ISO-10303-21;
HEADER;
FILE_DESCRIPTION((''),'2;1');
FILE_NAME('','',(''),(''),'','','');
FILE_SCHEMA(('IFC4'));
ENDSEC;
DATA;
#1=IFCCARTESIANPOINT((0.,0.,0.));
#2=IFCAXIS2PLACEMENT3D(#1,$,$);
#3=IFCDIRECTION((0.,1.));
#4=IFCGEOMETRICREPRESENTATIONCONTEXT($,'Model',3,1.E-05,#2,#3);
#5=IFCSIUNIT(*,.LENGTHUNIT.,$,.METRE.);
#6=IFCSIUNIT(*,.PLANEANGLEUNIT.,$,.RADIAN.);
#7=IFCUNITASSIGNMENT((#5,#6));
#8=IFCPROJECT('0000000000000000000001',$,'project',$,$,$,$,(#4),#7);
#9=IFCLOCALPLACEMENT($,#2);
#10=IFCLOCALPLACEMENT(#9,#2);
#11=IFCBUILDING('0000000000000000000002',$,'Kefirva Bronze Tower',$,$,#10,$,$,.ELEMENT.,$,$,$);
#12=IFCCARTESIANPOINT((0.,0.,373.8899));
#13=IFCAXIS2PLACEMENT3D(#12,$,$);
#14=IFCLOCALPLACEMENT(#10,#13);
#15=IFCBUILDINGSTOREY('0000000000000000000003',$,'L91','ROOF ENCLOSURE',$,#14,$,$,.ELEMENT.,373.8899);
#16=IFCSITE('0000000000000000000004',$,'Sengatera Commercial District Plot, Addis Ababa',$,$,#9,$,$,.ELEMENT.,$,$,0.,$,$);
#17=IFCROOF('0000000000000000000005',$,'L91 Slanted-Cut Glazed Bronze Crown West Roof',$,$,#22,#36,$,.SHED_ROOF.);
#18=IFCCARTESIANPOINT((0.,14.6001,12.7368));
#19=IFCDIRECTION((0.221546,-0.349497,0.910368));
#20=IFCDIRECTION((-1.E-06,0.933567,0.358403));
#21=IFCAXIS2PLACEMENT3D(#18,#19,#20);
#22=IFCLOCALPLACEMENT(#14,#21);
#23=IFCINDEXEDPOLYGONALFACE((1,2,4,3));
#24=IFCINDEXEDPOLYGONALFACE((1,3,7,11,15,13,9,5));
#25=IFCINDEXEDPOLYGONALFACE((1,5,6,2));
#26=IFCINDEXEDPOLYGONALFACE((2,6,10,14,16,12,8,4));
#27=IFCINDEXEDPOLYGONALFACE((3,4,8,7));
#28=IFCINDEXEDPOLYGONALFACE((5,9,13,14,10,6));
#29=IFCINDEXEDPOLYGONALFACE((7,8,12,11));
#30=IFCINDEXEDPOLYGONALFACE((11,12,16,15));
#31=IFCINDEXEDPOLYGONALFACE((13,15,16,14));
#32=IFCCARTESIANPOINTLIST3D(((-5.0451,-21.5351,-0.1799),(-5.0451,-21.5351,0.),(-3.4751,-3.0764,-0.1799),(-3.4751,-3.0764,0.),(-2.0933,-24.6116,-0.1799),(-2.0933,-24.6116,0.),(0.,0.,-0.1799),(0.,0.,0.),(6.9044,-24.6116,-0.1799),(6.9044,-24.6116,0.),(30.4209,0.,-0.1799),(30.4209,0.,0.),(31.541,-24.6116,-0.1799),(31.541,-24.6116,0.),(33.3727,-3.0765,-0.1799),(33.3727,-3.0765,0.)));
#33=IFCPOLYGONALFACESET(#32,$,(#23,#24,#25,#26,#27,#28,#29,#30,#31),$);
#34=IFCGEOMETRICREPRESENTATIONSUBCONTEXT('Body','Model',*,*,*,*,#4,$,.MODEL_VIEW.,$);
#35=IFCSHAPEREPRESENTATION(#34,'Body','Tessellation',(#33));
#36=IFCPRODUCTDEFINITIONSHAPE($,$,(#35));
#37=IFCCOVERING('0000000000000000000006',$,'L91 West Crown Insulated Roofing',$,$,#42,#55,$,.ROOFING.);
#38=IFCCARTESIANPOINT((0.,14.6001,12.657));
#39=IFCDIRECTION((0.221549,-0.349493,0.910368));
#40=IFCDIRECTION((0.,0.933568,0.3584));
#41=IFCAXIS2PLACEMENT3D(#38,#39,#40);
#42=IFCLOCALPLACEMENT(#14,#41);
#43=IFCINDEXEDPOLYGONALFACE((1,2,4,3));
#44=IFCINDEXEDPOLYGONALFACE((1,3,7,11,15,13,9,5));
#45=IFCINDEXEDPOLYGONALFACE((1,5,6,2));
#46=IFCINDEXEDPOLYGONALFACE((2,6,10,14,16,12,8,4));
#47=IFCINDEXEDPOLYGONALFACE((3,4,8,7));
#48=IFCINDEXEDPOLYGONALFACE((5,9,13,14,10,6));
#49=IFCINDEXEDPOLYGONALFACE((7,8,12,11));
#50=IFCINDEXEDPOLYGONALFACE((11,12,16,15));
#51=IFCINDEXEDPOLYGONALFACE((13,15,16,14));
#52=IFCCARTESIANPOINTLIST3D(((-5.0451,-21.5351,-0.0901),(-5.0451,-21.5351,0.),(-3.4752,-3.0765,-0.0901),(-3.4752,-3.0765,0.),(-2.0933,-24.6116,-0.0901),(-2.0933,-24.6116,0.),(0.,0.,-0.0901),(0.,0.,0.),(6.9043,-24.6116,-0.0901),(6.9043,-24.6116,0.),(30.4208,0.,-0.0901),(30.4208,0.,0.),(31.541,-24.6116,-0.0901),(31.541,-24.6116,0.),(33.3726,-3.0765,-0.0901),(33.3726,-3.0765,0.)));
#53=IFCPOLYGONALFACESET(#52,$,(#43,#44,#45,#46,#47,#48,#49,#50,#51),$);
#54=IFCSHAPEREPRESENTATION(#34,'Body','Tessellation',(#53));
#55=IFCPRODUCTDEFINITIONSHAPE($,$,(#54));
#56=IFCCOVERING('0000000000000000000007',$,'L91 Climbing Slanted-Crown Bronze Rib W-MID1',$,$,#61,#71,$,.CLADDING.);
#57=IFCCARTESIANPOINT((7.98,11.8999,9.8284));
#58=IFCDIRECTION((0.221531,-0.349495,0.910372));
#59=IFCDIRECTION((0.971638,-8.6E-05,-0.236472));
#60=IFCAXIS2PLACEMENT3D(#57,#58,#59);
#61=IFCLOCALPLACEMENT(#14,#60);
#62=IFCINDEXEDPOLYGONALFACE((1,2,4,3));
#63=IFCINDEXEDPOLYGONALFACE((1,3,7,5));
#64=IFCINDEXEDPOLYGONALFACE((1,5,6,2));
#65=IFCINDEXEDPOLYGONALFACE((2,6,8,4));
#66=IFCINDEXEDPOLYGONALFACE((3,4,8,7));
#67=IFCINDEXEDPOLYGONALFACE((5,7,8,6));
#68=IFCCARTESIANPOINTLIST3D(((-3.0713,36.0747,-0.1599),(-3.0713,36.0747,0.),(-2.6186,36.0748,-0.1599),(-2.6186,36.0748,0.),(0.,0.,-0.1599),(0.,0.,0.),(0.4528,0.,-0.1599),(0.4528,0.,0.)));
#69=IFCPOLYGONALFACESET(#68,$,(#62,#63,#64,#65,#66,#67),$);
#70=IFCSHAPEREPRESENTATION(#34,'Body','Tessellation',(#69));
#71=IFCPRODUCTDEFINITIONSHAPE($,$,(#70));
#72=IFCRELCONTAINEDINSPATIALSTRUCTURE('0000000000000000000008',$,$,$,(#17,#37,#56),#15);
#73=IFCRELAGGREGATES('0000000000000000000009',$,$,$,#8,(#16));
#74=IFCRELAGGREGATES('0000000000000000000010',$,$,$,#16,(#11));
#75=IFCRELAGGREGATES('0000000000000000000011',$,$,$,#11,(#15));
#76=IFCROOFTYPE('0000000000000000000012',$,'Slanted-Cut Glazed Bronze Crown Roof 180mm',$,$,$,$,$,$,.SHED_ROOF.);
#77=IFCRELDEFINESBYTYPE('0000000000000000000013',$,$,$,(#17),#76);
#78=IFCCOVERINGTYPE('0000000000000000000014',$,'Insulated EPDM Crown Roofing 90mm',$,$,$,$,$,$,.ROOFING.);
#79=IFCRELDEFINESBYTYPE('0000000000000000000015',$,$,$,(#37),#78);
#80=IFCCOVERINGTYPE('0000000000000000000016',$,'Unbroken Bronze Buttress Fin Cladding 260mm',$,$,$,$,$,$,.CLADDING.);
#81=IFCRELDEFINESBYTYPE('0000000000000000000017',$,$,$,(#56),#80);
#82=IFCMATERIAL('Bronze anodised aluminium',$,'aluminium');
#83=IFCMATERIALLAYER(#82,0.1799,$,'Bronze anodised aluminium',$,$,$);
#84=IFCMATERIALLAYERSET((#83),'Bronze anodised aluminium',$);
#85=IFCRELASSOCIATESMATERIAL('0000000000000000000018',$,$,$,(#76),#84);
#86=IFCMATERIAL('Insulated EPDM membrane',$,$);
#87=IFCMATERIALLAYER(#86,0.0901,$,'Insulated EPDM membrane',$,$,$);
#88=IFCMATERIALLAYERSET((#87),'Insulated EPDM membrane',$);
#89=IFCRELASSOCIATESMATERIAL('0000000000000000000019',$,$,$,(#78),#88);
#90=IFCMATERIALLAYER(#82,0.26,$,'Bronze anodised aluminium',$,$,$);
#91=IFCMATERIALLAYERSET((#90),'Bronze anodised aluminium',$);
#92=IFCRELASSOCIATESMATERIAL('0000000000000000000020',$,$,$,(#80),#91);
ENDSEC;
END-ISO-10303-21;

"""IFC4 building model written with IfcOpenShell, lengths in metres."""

from ifc_helpers import new_model, si_unit, direction, frame, origin, place, context, subcontext, project, spatial, polyline, outline, extrude, material, layer, layer_set, type_object, element, save


model = new_model("IFC4")

# Units and contexts
model_context = context("Model", 3, precision=1e-05, world=origin(), true_north=direction((0.0, 1.0)))
body_context = subcontext(model_context, "Body", "Model", "MODEL_VIEW")
ifc_project = project(units=[si_unit("LENGTHUNIT", "METRE"), si_unit("PLANEANGLEUNIT", "RADIAN")], contexts=[model_context])

# Site, building, storey
site_placement = place(None, origin())
site = spatial("IfcSite", under=ifc_project, at=site_placement, Name="Sengatera Commercial District Plot, Addis Ababa", CompositionType="ELEMENT", RefElevation=0.0)
building_placement = place(site_placement, origin())
building = spatial("IfcBuilding", under=site, at=building_placement, Name="Kefirva Bronze Tower", CompositionType="ELEMENT")
storey_placement = place(building_placement, frame((0.0, 0.0, 373.8899)))
storey = spatial("IfcBuildingStorey", under=building, at=storey_placement, Name="L91", Description="ROOF ENCLOSURE", CompositionType="ELEMENT", Elevation=373.8899)

# Roof
ifc_material_1 = material(Name="Bronze anodised aluminium", Category="aluminium")
ifc_layer_1 = layer(ifc_material_1, 0.1799, Name="Bronze anodised aluminium")
ifc_layer_set_1 = layer_set([ifc_layer_1], Name="Bronze anodised aluminium")
roof_type = type_object("IfcRoofType", Name="Slanted-Cut Glazed Bronze Crown Roof 180mm", PredefinedType="SHED_ROOF", material=ifc_layer_set_1)
roof_placement = place(storey_placement, frame((0.0, 14.6001, 12.7368), z_axis=(0.221546, -0.349497, 0.910368), x_axis=(-0.000001, 0.933567, 0.358403)))
element("IfcRoof", 1, at=roof_placement, inside=storey, type_object=roof_type, Name="L91 Slanted-Cut Glazed Bronze Crown West Roof", PredefinedType="SHED_ROOF", context=body_context, shape_type="SweptSolid", body=[
    extrude(outline(polyline([(0.0, 0.0), (30.4209, 0.0), (33.3727, -3.0765), (31.541, -24.6116), (6.9044, -24.6116), (-2.0933, -24.6116), (-5.0451, -21.5351), (-3.4751, -3.0764), (0.0, 0.0)])), origin(), (0.0, 0.0, -1.0), 0.1799),
])

# Coverings
ifc_material_2 = material(Name="Insulated EPDM membrane")
ifc_layer_2 = layer(ifc_material_2, 0.0901, Name="Insulated EPDM membrane")
ifc_layer_set_2 = layer_set([ifc_layer_2], Name="Insulated EPDM membrane")
covering_type_1 = type_object("IfcCoveringType", Name="Insulated EPDM Crown Roofing 90mm", PredefinedType="ROOFING", material=ifc_layer_set_2)
covering_1_placement = place(storey_placement, frame((0.0, 14.6001, 12.657), z_axis=(0.221549, -0.349493, 0.910368), x_axis=(0.0, 0.933568, 0.3584)))
element("IfcCovering", 2, at=covering_1_placement, inside=storey, type_object=covering_type_1, Name="L91 West Crown Insulated Roofing", PredefinedType="ROOFING", context=body_context, shape_type="SweptSolid", body=[
    extrude(outline(polyline([(0.0, 0.0), (30.4208, 0.0), (33.3726, -3.0765), (31.541, -24.6116), (6.9043, -24.6116), (-2.0933, -24.6116), (-5.0451, -21.5351), (-3.4752, -3.0765), (0.0, 0.0)])), origin(), (0.0, 0.0, -1.0), 0.0901),
])
ifc_layer_3 = layer(ifc_material_1, 0.26, Name="Bronze anodised aluminium")
ifc_layer_set_3 = layer_set([ifc_layer_3], Name="Bronze anodised aluminium")
covering_type_2 = type_object("IfcCoveringType", Name="Unbroken Bronze Buttress Fin Cladding 260mm", PredefinedType="CLADDING", material=ifc_layer_set_3)
covering_2_placement = place(storey_placement, frame((7.98, 11.8999, 9.8284), z_axis=(0.221531, -0.349495, 0.910372), x_axis=(0.971638, -0.000086, -0.236472)))
element("IfcCovering", 3, at=covering_2_placement, inside=storey, type_object=covering_type_2, Name="L91 Climbing Slanted-Crown Bronze Rib W-MID1", PredefinedType="CLADDING", context=body_context, shape_type="SweptSolid", body=[
    extrude(outline(polyline([(0.0, 0.0), (0.4528, 0.0), (-2.6186, 36.0748), (-3.0713, 36.0747), (0.0, 0.0)])), origin(), (0.0, 0.0, -1.0), 0.1599),
])

save(model, "model.ifc")
